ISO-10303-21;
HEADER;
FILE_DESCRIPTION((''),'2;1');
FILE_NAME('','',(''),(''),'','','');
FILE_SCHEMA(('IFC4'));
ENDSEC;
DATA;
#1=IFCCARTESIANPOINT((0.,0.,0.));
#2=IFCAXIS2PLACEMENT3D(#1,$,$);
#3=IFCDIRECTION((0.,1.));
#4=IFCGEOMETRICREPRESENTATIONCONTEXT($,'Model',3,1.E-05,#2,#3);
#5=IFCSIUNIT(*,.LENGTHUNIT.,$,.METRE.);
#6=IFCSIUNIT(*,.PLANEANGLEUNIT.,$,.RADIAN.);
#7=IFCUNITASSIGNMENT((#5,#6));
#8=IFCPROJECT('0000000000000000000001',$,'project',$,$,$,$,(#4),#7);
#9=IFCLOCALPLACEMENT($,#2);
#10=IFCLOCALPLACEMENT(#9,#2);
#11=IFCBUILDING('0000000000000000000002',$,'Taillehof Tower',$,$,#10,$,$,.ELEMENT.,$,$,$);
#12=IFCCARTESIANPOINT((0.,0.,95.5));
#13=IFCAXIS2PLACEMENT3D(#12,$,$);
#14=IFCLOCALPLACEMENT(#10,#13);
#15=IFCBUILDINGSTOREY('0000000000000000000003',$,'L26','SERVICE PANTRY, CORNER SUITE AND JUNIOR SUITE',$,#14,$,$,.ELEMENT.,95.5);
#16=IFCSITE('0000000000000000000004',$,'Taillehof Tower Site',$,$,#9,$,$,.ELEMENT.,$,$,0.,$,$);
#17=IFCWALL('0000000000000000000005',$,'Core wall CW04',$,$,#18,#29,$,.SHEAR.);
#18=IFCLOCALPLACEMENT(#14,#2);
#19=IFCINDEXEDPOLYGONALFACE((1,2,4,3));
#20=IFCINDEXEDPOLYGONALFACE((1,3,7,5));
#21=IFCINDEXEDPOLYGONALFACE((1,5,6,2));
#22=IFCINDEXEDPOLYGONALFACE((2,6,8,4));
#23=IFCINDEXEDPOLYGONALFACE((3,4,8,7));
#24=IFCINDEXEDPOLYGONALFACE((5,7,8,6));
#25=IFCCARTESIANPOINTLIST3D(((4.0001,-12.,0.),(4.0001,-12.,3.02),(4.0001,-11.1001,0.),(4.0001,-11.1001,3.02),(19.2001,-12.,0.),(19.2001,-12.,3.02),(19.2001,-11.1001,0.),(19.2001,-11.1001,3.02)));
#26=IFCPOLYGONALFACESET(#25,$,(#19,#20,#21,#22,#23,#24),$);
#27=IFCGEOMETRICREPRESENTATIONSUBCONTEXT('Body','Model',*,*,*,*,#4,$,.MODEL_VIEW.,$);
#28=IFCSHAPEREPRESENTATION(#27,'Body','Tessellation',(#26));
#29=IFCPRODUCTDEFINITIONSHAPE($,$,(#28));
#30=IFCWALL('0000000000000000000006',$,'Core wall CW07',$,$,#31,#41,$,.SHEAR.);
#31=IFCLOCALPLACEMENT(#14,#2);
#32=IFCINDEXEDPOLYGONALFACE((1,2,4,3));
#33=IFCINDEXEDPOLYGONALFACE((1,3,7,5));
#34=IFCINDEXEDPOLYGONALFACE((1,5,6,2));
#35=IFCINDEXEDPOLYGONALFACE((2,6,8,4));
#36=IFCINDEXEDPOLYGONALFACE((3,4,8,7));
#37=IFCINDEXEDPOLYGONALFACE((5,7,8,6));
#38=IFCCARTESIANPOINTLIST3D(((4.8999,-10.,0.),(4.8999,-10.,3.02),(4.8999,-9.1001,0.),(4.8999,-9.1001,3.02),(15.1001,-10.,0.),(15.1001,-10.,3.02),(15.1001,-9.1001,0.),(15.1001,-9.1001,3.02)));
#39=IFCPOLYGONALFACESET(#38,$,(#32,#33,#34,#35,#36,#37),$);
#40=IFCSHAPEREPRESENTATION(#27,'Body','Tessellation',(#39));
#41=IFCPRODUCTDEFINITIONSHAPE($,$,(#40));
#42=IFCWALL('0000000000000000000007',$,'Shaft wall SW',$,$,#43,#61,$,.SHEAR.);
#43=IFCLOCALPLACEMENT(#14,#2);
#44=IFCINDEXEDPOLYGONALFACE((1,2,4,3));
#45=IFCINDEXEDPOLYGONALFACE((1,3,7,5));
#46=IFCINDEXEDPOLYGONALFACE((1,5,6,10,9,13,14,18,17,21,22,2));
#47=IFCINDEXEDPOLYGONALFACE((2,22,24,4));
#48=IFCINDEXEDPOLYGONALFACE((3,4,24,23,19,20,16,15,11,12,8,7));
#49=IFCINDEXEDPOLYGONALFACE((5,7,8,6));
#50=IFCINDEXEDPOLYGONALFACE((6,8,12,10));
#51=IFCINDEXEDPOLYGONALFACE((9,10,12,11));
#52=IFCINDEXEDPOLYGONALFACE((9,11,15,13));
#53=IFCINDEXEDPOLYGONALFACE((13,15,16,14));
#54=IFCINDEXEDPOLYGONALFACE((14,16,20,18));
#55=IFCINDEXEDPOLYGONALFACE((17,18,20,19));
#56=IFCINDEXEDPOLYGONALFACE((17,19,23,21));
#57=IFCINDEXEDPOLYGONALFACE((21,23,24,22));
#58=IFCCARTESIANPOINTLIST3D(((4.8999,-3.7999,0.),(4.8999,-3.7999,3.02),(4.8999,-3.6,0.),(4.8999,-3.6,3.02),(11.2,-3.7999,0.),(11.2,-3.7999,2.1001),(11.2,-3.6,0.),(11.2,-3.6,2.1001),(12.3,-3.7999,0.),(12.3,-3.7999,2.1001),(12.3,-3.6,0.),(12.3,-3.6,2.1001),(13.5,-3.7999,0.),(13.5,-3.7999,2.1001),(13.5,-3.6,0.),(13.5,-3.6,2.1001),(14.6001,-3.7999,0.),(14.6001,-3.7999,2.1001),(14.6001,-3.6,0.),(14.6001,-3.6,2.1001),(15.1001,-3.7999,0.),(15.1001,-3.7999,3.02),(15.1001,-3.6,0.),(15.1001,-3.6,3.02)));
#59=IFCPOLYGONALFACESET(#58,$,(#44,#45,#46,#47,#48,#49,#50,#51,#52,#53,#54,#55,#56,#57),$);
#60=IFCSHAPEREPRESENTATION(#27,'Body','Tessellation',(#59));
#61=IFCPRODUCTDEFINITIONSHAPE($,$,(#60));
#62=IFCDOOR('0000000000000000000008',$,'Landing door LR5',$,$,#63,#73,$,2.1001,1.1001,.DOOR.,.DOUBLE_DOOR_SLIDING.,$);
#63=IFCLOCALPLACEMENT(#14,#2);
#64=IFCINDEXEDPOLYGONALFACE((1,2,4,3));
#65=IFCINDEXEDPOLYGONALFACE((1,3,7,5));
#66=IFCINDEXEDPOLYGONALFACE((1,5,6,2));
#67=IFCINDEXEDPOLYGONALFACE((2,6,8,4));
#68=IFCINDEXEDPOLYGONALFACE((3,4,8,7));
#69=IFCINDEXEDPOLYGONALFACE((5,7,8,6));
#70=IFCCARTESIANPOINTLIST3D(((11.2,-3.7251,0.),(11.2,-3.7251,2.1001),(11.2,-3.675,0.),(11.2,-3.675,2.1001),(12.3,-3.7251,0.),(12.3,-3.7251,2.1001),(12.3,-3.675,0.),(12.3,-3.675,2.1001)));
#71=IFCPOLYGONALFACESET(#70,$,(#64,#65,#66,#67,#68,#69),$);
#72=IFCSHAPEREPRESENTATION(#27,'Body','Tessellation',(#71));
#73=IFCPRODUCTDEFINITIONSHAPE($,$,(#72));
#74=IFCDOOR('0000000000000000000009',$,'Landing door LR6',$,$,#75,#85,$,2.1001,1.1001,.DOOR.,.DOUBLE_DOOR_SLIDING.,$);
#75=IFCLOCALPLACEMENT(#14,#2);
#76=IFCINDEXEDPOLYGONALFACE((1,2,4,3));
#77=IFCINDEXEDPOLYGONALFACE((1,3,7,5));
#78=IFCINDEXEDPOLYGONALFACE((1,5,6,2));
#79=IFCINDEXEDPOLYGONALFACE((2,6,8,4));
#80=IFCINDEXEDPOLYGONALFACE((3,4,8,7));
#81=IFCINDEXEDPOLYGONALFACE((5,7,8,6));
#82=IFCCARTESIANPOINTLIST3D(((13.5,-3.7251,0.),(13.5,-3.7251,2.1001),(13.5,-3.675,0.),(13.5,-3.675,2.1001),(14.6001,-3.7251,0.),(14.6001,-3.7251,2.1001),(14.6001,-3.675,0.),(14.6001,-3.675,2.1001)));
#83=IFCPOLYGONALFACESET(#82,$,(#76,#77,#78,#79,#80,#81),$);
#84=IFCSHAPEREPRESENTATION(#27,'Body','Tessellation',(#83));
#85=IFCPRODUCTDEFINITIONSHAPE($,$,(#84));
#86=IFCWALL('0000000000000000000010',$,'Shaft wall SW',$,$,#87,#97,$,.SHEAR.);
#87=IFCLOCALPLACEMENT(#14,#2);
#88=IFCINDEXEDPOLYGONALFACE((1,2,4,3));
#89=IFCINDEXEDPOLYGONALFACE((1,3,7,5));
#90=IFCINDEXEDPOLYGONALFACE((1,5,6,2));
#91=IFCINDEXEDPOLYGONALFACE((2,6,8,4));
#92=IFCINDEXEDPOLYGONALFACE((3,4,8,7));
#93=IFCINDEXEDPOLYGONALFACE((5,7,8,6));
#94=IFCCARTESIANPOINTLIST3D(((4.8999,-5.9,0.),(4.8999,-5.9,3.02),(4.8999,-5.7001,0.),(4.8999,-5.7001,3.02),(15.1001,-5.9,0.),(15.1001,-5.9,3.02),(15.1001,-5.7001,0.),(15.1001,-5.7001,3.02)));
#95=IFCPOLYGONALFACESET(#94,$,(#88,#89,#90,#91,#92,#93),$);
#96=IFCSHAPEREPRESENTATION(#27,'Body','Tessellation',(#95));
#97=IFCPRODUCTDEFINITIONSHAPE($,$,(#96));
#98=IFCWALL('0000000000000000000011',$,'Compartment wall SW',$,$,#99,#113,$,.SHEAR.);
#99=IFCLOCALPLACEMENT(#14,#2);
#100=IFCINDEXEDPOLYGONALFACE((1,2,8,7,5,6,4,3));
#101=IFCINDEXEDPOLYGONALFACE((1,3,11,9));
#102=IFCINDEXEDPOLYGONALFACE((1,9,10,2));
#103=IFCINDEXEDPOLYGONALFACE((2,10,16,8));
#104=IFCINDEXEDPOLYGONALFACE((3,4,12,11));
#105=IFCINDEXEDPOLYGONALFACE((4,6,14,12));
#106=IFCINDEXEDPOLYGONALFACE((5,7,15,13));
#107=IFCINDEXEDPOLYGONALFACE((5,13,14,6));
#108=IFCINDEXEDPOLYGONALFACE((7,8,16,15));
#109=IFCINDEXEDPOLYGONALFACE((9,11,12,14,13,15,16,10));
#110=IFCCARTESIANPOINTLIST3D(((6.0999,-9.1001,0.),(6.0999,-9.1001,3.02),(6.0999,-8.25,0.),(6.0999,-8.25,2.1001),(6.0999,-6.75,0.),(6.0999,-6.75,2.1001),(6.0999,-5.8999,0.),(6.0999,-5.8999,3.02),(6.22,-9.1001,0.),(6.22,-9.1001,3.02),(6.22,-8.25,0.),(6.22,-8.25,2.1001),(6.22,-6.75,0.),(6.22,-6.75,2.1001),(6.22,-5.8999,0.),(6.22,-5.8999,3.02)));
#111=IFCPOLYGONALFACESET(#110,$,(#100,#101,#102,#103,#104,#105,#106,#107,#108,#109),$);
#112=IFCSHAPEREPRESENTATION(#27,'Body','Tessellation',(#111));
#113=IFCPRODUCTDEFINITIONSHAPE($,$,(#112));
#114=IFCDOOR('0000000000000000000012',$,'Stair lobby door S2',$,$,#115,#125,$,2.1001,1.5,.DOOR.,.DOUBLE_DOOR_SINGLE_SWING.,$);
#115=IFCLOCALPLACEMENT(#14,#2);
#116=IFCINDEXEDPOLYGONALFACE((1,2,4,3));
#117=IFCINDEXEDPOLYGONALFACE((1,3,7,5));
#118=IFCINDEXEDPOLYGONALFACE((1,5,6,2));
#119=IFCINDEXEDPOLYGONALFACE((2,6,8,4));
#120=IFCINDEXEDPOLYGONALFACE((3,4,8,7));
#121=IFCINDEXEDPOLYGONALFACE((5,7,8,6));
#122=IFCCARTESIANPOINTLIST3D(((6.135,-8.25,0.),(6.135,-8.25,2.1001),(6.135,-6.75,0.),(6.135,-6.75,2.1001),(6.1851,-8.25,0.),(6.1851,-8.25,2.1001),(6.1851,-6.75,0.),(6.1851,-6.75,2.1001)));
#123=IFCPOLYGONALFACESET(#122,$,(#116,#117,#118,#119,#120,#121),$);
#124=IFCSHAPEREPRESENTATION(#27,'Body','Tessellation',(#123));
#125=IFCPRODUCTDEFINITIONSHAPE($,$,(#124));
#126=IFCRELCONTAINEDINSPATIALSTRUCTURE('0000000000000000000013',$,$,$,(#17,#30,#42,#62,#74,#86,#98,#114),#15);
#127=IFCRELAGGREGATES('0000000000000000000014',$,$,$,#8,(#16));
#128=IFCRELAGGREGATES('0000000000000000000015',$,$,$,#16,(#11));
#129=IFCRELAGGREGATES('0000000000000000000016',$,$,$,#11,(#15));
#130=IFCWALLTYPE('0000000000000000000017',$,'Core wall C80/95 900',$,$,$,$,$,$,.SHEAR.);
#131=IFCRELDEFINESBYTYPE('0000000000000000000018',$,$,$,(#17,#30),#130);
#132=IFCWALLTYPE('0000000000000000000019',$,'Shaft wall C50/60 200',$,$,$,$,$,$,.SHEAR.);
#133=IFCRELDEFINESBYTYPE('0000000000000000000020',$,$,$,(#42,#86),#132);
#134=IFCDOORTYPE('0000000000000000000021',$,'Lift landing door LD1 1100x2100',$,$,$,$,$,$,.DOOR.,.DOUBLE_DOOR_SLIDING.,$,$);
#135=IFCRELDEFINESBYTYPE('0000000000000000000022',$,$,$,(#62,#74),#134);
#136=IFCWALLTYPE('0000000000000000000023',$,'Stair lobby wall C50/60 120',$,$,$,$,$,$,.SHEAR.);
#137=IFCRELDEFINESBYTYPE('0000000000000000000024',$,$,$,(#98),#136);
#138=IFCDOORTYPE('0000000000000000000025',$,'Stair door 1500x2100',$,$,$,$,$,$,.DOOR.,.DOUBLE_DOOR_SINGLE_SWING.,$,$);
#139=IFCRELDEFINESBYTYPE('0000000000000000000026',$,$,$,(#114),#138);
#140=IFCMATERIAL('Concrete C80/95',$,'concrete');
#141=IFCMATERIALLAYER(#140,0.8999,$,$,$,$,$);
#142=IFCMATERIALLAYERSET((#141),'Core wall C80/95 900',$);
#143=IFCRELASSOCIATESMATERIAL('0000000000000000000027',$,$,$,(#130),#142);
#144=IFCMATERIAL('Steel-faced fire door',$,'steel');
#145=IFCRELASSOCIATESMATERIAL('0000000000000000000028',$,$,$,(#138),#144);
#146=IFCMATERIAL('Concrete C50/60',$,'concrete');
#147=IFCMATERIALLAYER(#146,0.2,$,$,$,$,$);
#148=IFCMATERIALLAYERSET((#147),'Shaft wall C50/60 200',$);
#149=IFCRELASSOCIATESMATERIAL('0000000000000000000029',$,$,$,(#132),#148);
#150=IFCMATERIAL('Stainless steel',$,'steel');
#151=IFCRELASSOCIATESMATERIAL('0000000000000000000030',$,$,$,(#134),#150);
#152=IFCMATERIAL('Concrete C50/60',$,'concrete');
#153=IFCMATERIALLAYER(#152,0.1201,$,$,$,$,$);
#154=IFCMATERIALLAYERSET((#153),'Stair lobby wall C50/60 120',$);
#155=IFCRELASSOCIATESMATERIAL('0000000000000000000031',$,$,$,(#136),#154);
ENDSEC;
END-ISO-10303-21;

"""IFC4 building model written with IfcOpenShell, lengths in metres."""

from ifc_helpers import new_model, si_unit, direction, frame, frame_2d, origin, place, context, subcontext, project, spatial, rectangle, extrude, material, layer, layer_set, type_object, element, fill, save


model = new_model("IFC4")

# Units and contexts
model_context = context("Model", 3, precision=1e-05, world=origin(), true_north=direction((0.0, 1.0)))
body_context = subcontext(model_context, "Body", "Model", "MODEL_VIEW")
ifc_project = project(units=[si_unit("LENGTHUNIT", "METRE"), si_unit("PLANEANGLEUNIT", "RADIAN")], contexts=[model_context])

# Site, building, storey
site_placement = place(None, origin())
site = spatial("IfcSite", under=ifc_project, at=site_placement, Name="Taillehof Tower Site", CompositionType="ELEMENT", RefElevation=0.0)
building_placement = place(site_placement, origin())
building = spatial("IfcBuilding", under=site, at=building_placement, Name="Taillehof Tower", CompositionType="ELEMENT")
storey_placement = place(building_placement, frame((0.0, 0.0, 95.5)))
storey = spatial("IfcBuildingStorey", under=building, at=storey_placement, Name="L26", Description="SERVICE PANTRY, CORNER SUITE AND JUNIOR SUITE", CompositionType="ELEMENT", Elevation=95.5)

# Shared definitions
ifc_material_1 = material(Name="Concrete C80/95", Category="concrete")
ifc_layer_1 = layer(ifc_material_1, 0.8999)
ifc_layer_set_1 = layer_set([ifc_layer_1], Name="Core wall C80/95 900")
wall_type_1 = type_object("IfcWallType", Name="Core wall C80/95 900", PredefinedType="SHEAR", material=ifc_layer_set_1)
ifc_material_2 = material(Name="Steel-faced fire door", Category="steel")
door_type_1 = type_object("IfcDoorType", Name="Stair door 1500x2100", OperationType="DOUBLE_DOOR_SINGLE_SWING", PredefinedType="DOOR", material=ifc_material_2)

# Walls
wall_1_placement = place(storey_placement, frame((4.0, -11.55, 0.0), z_axis=(0.0, 0.0, 1.0), x_axis=(1.0, 0.0, 0.0)))
element("IfcWall", 1, at=wall_1_placement, inside=storey, type_object=wall_type_1, Name="Core wall CW04", PredefinedType="SHEAR", context=body_context, shape_type="SweptSolid", body=[
    extrude(rectangle(XDim=15.2, YDim=0.8999, at=frame_2d((7.6001, 0.0))), origin(), (0.0, 0.0, 1.0), 3.02),
])
wall_2_placement = place(storey_placement, frame((4.8999, -9.55, 0.0), z_axis=(0.0, 0.0, 1.0), x_axis=(1.0, 0.0, 0.0)))
element("IfcWall", 2, at=wall_2_placement, inside=storey, type_object=wall_type_1, Name="Core wall CW07", PredefinedType="SHEAR", context=body_context, shape_type="SweptSolid", body=[
    extrude(rectangle(XDim=10.2002, YDim=0.8999, at=frame_2d((5.1001, 0.0))), origin(), (0.0, 0.0, 1.0), 3.02),
])

# Wall, openings, doors
ifc_material_3 = material(Name="Concrete C50/60", Category="concrete")
ifc_layer_2 = layer(ifc_material_3, 0.2)
ifc_layer_set_2 = layer_set([ifc_layer_2], Name="Shaft wall C50/60 200")
wall_type_2 = type_object("IfcWallType", Name="Shaft wall C50/60 200", PredefinedType="SHEAR", material=ifc_layer_set_2)
wall_3_placement = place(storey_placement, frame((4.8999, -3.7, 0.0), z_axis=(0.0, 0.0, 1.0), x_axis=(1.0, 0.0, 0.0)))
wall_3 = element("IfcWall", 3, at=wall_3_placement, inside=storey, type_object=wall_type_2, Name="Shaft wall SW", PredefinedType="SHEAR", context=body_context, shape_type="SweptSolid", body=[
    extrude(rectangle(XDim=10.2002, YDim=0.2, at=frame_2d((5.1001, 0.0))), origin(), (0.0, 0.0, 1.0), 3.02),
])
opening_1_placement = place(wall_3_placement, frame((6.3, 0.0, 0.0)))
opening_1 = element("IfcOpeningElement", 4, at=opening_1_placement, cuts=wall_3, PredefinedType="OPENING", context=body_context, shape_type="SweptSolid", body=[
    extrude(rectangle(XDim=1.1001, YDim=2.1001, at=frame_2d((0.55, 1.05))), frame((0.0, 0.1099, 0.0), z_axis=(0.0, -1.0, 0.0), x_axis=(1.0, 0.0, 0.0)), (0.0, 0.0, 1.0), 0.22),
])
opening_2_placement = place(wall_3_placement, frame((8.6001, 0.0, 0.0)))
opening_2 = element("IfcOpeningElement", 5, at=opening_2_placement, cuts=wall_3, PredefinedType="OPENING", context=body_context, shape_type="SweptSolid", body=[
    extrude(rectangle(XDim=1.1001, YDim=2.1001, at=frame_2d((0.55, 1.05))), frame((0.0, 0.1099, 0.0), z_axis=(0.0, -1.0, 0.0), x_axis=(1.0, 0.0, 0.0)), (0.0, 0.0, 1.0), 0.22),
])
ifc_material_4 = material(Name="Stainless steel", Category="steel")
door_type_2 = type_object("IfcDoorType", Name="Lift landing door LD1 1100x2100", OperationType="DOUBLE_DOOR_SLIDING", PredefinedType="DOOR", material=ifc_material_4)
door_1_placement = place(opening_1_placement, origin())
door_1 = element("IfcDoor", 6, at=door_1_placement, inside=storey, type_object=door_type_2, Name="Landing door LR5", OperationType="DOUBLE_DOOR_SLIDING", OverallHeight=2.1001, OverallWidth=1.1001, PredefinedType="DOOR", context=body_context, shape_type="SweptSolid", body=[
    extrude(rectangle(XDim=1.1001, YDim=2.1001, at=frame_2d((0.55, 1.05))), frame((0.0, 0.0249, 0.0), z_axis=(0.0, -1.0, 0.0), x_axis=(1.0, 0.0, 0.0)), (0.0, 0.0, 1.0), 0.05),
])
fill(opening_1, door_1)
door_2_placement = place(opening_2_placement, origin())
door_2 = element("IfcDoor", 7, at=door_2_placement, inside=storey, type_object=door_type_2, Name="Landing door LR6", OperationType="DOUBLE_DOOR_SLIDING", OverallHeight=2.1001, OverallWidth=1.1001, PredefinedType="DOOR", context=body_context, shape_type="SweptSolid", body=[
    extrude(rectangle(XDim=1.1001, YDim=2.1001, at=frame_2d((0.55, 1.05))), frame((0.0, 0.0249, 0.0), z_axis=(0.0, -1.0, 0.0), x_axis=(1.0, 0.0, 0.0)), (0.0, 0.0, 1.0), 0.05),
])
fill(opening_2, door_2)

# Wall
wall_4_placement = place(storey_placement, frame((4.8999, -5.8, 0.0), z_axis=(0.0, 0.0, 1.0), x_axis=(1.0, 0.0, 0.0)))
element("IfcWall", 8, at=wall_4_placement, inside=storey, type_object=wall_type_2, Name="Shaft wall SW", PredefinedType="SHEAR", context=body_context, shape_type="SweptSolid", body=[
    extrude(rectangle(XDim=10.2002, YDim=0.2, at=frame_2d((5.1001, 0.0))), origin(), (0.0, 0.0, 1.0), 3.02),
])

# Wall, opening, door
ifc_material_5 = material(Name="Concrete C50/60", Category="concrete")
ifc_layer_3 = layer(ifc_material_5, 0.1201)
ifc_layer_set_3 = layer_set([ifc_layer_3], Name="Stair lobby wall C50/60 120")
wall_type_3 = type_object("IfcWallType", Name="Stair lobby wall C50/60 120", PredefinedType="SHEAR", material=ifc_layer_set_3)
wall_5_placement = place(storey_placement, frame((6.1599, -9.1001, 0.0), z_axis=(0.0, 0.0, 1.0), x_axis=(0.0, 1.0, 0.0)))
wall_5 = element("IfcWall", 9, at=wall_5_placement, inside=storey, type_object=wall_type_3, Name="Compartment wall SW", PredefinedType="SHEAR", context=body_context, shape_type="SweptSolid", body=[
    extrude(rectangle(XDim=3.2002, YDim=0.1201, at=frame_2d((1.6001, 0.0))), origin(), (0.0, 0.0, 1.0), 3.02),
])
opening_3_placement = place(wall_5_placement, frame((0.8501, 0.0, 0.0)))
opening_3 = element("IfcOpeningElement", 10, at=opening_3_placement, cuts=wall_5, PredefinedType="OPENING", context=body_context, shape_type="SweptSolid", body=[
    extrude(rectangle(XDim=1.5, YDim=2.1001, at=frame_2d((0.75, 1.05))), frame((0.0, 0.0701, 0.0), z_axis=(0.0, -1.0, 0.0), x_axis=(1.0, 0.0, 0.0)), (0.0, 0.0, 1.0), 0.1401),
])
door_3_placement = place(opening_3_placement, origin())
door_3 = element("IfcDoor", 11, at=door_3_placement, inside=storey, type_object=door_type_1, Name="Stair lobby door S2", OperationType="DOUBLE_DOOR_SINGLE_SWING", OverallHeight=2.1001, OverallWidth=1.5, PredefinedType="DOOR", context=body_context, shape_type="SweptSolid", body=[
    extrude(rectangle(XDim=1.5, YDim=2.1001, at=frame_2d((0.75, 1.05))), frame((0.0, 0.0249, 0.0), z_axis=(0.0, -1.0, 0.0), x_axis=(1.0, 0.0, 0.0)), (0.0, 0.0, 1.0), 0.05),
])
fill(opening_3, door_3)

save(model, "model.ifc")
